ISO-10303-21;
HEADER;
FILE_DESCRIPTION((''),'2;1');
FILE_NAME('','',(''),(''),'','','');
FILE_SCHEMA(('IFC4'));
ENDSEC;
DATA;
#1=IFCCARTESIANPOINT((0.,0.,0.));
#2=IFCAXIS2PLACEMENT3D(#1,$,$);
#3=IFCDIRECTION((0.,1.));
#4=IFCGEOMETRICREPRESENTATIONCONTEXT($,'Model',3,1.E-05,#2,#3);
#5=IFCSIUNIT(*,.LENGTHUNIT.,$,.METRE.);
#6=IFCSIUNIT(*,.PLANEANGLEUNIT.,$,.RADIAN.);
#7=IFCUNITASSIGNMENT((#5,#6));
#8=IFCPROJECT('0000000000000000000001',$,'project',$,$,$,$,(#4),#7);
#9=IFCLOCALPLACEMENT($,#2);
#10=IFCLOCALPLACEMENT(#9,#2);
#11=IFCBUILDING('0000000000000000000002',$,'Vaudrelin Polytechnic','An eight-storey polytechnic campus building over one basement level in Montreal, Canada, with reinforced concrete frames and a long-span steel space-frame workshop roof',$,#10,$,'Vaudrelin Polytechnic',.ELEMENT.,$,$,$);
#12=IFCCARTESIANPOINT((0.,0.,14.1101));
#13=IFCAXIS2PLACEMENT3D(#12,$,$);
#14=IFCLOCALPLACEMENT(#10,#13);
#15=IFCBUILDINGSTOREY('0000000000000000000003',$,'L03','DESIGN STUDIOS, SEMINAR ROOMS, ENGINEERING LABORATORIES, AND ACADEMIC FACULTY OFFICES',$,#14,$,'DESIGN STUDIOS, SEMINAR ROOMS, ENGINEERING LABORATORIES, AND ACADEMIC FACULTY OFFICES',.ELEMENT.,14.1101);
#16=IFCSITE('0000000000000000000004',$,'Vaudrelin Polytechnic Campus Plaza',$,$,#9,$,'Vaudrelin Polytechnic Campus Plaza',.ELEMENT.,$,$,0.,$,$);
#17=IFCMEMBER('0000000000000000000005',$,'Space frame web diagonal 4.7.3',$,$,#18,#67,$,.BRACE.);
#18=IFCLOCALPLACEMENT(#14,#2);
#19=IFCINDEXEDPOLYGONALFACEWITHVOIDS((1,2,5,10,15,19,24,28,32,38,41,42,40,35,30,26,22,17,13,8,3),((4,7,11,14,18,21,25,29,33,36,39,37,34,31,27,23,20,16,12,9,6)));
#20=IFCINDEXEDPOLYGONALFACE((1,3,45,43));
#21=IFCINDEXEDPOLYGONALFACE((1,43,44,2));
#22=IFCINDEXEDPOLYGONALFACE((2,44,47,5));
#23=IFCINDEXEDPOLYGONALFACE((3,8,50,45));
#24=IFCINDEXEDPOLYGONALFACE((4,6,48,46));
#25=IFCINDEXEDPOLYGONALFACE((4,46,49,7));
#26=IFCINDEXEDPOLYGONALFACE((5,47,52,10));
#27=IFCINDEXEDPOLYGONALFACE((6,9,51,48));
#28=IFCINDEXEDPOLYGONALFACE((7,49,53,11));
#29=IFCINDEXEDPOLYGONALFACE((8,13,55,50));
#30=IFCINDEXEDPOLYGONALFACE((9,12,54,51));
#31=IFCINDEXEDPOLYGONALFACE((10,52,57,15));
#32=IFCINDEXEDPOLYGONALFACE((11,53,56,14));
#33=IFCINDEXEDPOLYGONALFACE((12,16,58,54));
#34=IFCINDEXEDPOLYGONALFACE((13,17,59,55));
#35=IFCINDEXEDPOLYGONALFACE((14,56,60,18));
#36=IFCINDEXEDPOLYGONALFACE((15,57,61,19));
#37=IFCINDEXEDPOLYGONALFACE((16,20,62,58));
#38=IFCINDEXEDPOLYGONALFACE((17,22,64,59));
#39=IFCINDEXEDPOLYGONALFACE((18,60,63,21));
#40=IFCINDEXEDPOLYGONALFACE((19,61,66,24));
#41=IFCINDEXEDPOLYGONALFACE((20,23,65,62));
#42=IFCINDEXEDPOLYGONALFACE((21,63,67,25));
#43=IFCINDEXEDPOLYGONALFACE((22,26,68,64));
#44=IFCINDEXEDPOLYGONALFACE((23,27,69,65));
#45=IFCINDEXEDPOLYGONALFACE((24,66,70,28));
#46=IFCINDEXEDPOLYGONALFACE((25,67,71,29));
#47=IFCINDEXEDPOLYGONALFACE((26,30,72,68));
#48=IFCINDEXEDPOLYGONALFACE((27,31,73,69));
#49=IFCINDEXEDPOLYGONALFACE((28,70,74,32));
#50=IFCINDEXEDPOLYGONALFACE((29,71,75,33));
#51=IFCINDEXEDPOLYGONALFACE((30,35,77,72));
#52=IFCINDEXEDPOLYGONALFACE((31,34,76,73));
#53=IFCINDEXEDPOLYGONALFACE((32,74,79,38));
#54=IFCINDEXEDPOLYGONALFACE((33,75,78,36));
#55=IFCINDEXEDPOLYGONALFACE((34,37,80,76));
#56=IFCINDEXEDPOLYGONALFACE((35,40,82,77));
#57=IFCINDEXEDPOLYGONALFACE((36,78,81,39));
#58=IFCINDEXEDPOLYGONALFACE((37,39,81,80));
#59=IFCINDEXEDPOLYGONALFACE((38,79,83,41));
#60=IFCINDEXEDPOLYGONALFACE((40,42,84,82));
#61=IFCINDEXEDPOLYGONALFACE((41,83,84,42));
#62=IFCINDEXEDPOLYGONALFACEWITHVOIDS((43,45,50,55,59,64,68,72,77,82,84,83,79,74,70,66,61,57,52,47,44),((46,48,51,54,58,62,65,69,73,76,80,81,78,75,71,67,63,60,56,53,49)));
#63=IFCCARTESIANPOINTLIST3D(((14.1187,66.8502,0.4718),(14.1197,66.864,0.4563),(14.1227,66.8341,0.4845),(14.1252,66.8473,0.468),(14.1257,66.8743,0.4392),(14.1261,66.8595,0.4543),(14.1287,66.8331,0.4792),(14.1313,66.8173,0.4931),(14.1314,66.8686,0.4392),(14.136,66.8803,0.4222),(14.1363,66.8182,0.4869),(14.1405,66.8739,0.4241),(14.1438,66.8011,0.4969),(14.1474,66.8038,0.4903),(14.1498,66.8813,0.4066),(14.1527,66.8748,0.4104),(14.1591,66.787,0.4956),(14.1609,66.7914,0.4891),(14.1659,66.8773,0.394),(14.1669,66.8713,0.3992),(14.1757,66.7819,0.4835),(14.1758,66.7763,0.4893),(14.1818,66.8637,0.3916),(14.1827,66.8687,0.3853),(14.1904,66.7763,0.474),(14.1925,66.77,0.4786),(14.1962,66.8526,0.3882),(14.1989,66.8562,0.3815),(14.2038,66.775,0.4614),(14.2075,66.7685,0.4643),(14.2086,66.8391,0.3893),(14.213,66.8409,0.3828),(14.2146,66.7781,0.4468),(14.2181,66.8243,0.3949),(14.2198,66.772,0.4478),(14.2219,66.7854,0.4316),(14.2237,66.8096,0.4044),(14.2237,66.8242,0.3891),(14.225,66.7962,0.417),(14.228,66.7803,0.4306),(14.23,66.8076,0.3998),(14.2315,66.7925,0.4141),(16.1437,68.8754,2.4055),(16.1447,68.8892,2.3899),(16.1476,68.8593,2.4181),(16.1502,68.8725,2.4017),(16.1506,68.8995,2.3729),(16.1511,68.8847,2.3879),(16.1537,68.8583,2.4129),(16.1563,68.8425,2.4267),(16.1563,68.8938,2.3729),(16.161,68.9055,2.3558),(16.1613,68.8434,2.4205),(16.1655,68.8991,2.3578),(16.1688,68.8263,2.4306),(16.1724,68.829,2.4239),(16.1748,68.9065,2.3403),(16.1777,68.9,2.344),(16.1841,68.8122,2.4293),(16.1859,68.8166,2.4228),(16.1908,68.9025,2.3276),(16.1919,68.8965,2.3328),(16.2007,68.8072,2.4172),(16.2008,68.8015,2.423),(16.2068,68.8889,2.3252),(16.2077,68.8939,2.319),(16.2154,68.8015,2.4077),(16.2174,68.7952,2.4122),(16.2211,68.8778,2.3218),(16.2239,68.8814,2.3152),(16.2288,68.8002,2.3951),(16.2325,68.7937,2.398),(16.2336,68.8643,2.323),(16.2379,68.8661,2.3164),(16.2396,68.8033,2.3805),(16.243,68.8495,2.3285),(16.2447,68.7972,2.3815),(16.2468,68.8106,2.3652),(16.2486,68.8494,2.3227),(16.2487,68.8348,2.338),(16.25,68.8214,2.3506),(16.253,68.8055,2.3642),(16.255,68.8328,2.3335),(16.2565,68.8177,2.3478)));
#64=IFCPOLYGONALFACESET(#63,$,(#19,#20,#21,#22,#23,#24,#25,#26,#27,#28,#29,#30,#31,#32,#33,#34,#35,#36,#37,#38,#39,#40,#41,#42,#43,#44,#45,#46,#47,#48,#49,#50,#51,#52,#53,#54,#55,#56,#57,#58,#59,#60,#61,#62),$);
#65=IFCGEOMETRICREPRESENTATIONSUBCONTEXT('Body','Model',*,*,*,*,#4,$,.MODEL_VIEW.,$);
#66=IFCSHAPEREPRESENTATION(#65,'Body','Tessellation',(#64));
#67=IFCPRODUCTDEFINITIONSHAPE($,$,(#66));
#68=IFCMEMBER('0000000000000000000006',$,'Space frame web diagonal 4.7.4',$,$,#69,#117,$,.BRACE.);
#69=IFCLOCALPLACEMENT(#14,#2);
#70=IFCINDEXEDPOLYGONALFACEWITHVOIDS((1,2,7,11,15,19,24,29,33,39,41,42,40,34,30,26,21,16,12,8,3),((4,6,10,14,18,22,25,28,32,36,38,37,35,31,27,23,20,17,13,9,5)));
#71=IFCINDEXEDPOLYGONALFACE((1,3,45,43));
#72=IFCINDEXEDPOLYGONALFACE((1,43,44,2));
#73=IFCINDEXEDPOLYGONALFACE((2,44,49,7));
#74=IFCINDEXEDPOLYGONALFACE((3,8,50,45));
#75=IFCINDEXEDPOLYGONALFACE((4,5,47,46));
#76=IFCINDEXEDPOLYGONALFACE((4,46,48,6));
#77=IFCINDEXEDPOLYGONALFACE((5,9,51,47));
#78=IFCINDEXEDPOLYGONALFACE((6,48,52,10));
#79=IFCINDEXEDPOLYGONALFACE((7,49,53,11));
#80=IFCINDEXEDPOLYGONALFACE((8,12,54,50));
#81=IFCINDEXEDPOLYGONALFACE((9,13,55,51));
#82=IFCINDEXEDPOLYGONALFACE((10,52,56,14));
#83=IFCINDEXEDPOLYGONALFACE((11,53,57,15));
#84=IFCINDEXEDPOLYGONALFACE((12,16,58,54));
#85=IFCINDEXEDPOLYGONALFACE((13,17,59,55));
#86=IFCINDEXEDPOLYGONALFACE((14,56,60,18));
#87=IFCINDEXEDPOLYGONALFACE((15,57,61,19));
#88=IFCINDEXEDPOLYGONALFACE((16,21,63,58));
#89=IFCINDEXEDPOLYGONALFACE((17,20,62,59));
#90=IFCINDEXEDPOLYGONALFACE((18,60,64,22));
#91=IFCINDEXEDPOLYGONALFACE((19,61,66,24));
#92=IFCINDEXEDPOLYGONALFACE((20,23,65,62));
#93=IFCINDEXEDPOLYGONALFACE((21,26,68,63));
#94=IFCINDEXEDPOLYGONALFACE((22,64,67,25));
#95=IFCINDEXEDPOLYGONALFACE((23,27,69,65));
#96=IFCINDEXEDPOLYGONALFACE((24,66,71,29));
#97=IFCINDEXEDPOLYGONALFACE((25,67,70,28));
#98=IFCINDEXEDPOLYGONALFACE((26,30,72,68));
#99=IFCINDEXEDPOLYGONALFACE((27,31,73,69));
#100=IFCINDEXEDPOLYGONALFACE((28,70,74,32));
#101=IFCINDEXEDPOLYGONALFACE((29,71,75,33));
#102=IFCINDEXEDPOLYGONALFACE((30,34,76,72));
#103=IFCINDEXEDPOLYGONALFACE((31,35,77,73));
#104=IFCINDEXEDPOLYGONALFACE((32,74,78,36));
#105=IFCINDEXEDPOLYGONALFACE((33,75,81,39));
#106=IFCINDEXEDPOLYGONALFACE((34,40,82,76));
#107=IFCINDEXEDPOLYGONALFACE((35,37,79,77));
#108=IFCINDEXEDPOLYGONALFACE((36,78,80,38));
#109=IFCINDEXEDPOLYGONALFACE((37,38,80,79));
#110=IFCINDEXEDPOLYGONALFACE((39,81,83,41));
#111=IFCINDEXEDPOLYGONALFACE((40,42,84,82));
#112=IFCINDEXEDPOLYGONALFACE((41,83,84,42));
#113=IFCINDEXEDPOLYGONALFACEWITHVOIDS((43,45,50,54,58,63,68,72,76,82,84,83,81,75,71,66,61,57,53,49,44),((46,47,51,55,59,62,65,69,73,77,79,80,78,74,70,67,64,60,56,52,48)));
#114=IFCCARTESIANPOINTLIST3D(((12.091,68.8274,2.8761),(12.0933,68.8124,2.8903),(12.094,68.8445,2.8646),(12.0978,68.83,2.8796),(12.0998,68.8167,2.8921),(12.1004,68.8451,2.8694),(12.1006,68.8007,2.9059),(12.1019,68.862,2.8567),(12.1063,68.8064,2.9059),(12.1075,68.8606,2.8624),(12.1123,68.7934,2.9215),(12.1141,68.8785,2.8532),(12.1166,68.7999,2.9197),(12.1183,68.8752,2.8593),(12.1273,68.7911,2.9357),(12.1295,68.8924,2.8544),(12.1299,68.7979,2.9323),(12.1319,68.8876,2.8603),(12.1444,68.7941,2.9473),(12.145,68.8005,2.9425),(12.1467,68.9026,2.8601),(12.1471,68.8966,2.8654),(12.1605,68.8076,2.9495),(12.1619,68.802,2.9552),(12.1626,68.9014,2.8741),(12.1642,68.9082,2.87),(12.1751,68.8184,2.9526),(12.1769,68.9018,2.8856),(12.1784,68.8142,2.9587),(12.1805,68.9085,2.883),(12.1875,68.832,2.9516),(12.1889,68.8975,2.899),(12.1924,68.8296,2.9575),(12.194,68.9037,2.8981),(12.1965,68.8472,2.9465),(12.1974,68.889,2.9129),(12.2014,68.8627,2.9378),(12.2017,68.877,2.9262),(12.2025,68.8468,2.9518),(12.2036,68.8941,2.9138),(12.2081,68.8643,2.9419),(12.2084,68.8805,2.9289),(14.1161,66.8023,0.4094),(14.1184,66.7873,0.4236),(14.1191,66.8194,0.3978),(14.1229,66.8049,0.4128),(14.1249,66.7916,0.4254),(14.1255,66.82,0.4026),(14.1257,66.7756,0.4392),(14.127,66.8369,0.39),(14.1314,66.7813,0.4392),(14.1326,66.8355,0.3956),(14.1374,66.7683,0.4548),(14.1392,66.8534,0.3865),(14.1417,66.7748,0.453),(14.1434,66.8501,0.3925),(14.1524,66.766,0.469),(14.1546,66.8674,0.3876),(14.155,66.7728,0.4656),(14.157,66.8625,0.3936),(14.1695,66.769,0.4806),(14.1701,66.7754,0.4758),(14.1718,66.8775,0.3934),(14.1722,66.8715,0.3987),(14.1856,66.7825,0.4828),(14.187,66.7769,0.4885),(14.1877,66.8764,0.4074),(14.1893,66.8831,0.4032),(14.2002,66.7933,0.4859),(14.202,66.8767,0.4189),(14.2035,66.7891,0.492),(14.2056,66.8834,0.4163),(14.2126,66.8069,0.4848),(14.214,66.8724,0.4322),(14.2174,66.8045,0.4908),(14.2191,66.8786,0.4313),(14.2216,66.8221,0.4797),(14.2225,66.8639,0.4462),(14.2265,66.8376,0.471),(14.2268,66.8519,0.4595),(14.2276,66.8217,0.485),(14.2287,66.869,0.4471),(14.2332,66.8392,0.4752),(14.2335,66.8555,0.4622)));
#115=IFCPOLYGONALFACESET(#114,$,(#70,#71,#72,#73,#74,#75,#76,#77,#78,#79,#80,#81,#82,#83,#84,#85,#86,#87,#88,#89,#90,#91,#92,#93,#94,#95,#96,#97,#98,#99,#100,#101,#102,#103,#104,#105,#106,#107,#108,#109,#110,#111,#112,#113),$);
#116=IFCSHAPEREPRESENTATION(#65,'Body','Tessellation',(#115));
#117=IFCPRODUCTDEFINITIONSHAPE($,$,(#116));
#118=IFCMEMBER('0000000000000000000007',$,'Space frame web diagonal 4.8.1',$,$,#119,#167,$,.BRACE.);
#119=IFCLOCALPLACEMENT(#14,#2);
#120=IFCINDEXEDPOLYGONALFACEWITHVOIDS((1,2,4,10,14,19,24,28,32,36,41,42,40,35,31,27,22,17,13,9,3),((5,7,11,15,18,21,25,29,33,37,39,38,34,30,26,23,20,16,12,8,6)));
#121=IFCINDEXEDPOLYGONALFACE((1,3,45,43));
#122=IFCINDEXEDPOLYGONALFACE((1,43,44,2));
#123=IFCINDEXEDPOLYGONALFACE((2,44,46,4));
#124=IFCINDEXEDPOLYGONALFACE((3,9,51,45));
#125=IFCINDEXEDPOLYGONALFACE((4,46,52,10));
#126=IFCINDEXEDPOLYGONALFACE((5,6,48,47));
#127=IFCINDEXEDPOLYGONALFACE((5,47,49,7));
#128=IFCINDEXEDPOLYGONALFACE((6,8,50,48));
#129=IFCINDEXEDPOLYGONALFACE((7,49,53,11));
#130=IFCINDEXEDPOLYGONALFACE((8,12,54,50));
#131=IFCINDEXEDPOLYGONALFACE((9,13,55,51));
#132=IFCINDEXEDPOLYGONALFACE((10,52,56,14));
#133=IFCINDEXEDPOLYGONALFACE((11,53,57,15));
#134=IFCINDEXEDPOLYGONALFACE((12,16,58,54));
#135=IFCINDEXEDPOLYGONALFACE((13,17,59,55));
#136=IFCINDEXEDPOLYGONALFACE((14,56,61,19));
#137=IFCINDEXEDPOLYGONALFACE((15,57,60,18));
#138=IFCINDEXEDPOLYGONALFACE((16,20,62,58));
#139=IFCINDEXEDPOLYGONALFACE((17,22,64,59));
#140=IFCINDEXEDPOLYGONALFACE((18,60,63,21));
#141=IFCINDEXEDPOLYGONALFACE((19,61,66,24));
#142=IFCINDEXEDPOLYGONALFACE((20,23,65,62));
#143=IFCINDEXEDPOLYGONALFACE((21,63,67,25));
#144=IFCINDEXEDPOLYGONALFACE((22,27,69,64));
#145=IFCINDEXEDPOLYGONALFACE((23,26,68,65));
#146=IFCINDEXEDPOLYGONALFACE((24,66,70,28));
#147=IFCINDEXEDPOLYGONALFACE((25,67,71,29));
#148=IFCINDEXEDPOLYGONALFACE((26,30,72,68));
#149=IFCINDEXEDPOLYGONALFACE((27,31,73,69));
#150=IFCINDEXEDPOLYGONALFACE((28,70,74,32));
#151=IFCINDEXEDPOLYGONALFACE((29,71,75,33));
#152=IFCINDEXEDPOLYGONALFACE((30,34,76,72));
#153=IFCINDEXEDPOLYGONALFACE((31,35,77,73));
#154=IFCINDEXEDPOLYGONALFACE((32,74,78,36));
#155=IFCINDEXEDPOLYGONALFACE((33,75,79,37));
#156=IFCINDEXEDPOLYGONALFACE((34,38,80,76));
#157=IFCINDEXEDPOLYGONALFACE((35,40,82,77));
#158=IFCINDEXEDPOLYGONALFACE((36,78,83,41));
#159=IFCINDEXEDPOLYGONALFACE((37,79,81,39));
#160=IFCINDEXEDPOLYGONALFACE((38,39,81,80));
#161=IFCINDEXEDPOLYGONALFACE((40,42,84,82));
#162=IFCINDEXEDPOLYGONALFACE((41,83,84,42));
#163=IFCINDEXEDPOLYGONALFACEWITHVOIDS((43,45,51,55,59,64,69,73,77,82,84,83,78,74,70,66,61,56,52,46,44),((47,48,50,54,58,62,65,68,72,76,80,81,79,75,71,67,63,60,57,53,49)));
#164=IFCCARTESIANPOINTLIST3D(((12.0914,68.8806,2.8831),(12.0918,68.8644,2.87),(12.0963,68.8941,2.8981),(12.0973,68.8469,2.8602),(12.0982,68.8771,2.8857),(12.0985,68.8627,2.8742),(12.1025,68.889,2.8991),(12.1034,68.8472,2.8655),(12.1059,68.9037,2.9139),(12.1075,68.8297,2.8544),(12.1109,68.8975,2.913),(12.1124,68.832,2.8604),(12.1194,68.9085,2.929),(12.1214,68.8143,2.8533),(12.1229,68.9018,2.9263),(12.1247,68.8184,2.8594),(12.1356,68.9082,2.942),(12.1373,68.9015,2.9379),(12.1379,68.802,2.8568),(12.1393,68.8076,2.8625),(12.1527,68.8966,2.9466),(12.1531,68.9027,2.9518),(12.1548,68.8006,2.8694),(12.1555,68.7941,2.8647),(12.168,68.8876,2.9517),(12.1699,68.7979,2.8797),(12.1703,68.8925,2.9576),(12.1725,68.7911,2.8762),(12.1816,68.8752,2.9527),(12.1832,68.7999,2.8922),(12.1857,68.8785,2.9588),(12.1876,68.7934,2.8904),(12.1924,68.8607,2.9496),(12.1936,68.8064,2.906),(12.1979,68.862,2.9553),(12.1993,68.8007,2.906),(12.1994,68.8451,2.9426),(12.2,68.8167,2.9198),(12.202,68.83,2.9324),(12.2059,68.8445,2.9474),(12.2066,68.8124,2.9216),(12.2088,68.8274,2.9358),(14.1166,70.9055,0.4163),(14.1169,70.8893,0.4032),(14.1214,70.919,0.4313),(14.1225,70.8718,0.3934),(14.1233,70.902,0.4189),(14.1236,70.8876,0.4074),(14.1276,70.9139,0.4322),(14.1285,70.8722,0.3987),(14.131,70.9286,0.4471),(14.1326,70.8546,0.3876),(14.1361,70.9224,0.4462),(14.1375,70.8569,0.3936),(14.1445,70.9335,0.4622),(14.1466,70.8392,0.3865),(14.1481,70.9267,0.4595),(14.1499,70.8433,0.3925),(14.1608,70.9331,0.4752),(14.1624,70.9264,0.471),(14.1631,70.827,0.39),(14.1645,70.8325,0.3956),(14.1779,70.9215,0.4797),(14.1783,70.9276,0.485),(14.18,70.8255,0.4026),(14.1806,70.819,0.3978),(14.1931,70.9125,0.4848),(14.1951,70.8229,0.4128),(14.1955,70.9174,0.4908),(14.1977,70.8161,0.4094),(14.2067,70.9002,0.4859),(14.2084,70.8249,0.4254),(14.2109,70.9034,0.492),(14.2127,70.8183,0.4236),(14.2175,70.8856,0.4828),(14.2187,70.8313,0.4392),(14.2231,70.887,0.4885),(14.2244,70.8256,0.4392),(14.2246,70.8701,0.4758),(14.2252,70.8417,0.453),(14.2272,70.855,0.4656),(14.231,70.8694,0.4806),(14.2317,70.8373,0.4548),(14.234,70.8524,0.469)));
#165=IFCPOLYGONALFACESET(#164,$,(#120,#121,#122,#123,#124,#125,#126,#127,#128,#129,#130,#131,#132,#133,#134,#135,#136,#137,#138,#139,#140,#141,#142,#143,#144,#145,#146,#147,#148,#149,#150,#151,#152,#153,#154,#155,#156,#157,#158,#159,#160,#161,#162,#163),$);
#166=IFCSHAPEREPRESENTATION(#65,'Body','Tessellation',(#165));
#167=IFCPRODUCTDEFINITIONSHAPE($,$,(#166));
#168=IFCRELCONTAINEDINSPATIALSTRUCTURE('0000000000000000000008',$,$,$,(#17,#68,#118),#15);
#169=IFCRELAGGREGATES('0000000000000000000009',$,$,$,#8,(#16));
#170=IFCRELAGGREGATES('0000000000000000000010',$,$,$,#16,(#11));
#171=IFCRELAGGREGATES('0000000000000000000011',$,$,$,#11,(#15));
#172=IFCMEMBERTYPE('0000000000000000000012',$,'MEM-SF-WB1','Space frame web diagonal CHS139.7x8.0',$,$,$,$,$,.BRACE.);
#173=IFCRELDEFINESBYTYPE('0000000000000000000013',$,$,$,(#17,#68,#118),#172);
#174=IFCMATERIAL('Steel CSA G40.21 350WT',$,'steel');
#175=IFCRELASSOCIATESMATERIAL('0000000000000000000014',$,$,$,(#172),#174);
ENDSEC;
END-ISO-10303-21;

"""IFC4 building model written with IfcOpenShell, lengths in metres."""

from ifc_helpers import new_model, si_unit, direction, frame, origin, origin_2d, place, context, subcontext, project, spatial, hollow_circle, extrude, material, material_profile, profile_set, type_object, element, save


model = new_model("IFC4")

# Units and contexts
model_context = context("Model", 3, precision=1e-05, world=origin(), true_north=direction((0.0, 1.0)))
body_context = subcontext(model_context, "Body", "Model", "MODEL_VIEW")
ifc_project = project(units=[si_unit("LENGTHUNIT", "METRE"), si_unit("PLANEANGLEUNIT", "RADIAN")], contexts=[model_context])

# Site, building, storey
site_placement = place(None, origin())
site = spatial("IfcSite", under=ifc_project, at=site_placement, Name="Vaudrelin Polytechnic Campus Plaza", LongName="Vaudrelin Polytechnic Campus Plaza", CompositionType="ELEMENT", RefElevation=0.0)
building_placement = place(site_placement, origin())
building = spatial("IfcBuilding", under=site, at=building_placement, Name="Vaudrelin Polytechnic", Description="An eight-storey polytechnic campus building over one basement level in Montreal, Canada, with reinforced concrete frames and a long-span steel space-frame workshop roof", LongName="Vaudrelin Polytechnic", CompositionType="ELEMENT")
storey_placement = place(building_placement, frame((0.0, 0.0, 14.1101)))
storey = spatial("IfcBuildingStorey", under=building, at=storey_placement, Name="L03", Description="DESIGN STUDIOS, SEMINAR ROOMS, ENGINEERING LABORATORIES, AND ACADEMIC FACULTY OFFICES", LongName="DESIGN STUDIOS, SEMINAR ROOMS, ENGINEERING LABORATORIES, AND ACADEMIC FACULTY OFFICES", CompositionType="ELEMENT", Elevation=14.1101)

# Members
ifc_material = material(Name="Steel CSA G40.21 350WT", Category="steel")
ifc_material_profile_1 = material_profile(ifc_material, hollow_circle(Radius=0.0698, WallThickness=0.0081, at=origin_2d()), Name="CHS139.7x8.0")
ifc_profile_set_1 = profile_set([ifc_material_profile_1], Name="Steel CSA G40.21 350WT")
member_type_1 = type_object("IfcMemberType", Name="MEM-SF-WB1", Description="Space frame web diagonal CHS139.7x8.0", PredefinedType="BRACE", material=ifc_profile_set_1)
member_1_placement = place(storey_placement, frame((14.175, 66.825, 0.4392), z_axis=(0.586, 0.586071, 0.559576), x_axis=(-0.707149, 0.707064, 0.0)))
element("IfcMember", 1, at=member_1_placement, inside=storey, type_object=member_type_1, Name="Space frame web diagonal 4.7.3", PredefinedType="BRACE", context=body_context, shape_type="SweptSolid", body=[
    extrude(hollow_circle(Radius=0.0698, WallThickness=0.0081, at=origin_2d()), origin(), (0.0, 0.0, 1.0), 3.4556),
])
for number, where, z_axis, x_axis, name in (
    (2, (14.175, 66.825, 0.4392), (-0.535769, 0.535769, 0.652612), (-0.707107, -0.707107, 0.0), "Space frame web diagonal 4.7.4"),
    (3, (14.175, 70.875, 0.4392), (-0.535788, -0.535723, 0.652634), (0.707064, -0.707149, 0.0), "Space frame web diagonal 4.8.1"),
):
    element("IfcMember", number, at=place(storey_placement, frame(where, z_axis=z_axis, x_axis=x_axis)), inside=storey, type_object=member_type_1, Name=name, PredefinedType="BRACE", context=body_context, shape_type="SweptSolid", body=[
        extrude(hollow_circle(Radius=0.0698, WallThickness=0.0081, at=origin_2d()), origin(), (0.0, 0.0, 1.0), 3.7798),
    ])

save(model, "model.ifc")
